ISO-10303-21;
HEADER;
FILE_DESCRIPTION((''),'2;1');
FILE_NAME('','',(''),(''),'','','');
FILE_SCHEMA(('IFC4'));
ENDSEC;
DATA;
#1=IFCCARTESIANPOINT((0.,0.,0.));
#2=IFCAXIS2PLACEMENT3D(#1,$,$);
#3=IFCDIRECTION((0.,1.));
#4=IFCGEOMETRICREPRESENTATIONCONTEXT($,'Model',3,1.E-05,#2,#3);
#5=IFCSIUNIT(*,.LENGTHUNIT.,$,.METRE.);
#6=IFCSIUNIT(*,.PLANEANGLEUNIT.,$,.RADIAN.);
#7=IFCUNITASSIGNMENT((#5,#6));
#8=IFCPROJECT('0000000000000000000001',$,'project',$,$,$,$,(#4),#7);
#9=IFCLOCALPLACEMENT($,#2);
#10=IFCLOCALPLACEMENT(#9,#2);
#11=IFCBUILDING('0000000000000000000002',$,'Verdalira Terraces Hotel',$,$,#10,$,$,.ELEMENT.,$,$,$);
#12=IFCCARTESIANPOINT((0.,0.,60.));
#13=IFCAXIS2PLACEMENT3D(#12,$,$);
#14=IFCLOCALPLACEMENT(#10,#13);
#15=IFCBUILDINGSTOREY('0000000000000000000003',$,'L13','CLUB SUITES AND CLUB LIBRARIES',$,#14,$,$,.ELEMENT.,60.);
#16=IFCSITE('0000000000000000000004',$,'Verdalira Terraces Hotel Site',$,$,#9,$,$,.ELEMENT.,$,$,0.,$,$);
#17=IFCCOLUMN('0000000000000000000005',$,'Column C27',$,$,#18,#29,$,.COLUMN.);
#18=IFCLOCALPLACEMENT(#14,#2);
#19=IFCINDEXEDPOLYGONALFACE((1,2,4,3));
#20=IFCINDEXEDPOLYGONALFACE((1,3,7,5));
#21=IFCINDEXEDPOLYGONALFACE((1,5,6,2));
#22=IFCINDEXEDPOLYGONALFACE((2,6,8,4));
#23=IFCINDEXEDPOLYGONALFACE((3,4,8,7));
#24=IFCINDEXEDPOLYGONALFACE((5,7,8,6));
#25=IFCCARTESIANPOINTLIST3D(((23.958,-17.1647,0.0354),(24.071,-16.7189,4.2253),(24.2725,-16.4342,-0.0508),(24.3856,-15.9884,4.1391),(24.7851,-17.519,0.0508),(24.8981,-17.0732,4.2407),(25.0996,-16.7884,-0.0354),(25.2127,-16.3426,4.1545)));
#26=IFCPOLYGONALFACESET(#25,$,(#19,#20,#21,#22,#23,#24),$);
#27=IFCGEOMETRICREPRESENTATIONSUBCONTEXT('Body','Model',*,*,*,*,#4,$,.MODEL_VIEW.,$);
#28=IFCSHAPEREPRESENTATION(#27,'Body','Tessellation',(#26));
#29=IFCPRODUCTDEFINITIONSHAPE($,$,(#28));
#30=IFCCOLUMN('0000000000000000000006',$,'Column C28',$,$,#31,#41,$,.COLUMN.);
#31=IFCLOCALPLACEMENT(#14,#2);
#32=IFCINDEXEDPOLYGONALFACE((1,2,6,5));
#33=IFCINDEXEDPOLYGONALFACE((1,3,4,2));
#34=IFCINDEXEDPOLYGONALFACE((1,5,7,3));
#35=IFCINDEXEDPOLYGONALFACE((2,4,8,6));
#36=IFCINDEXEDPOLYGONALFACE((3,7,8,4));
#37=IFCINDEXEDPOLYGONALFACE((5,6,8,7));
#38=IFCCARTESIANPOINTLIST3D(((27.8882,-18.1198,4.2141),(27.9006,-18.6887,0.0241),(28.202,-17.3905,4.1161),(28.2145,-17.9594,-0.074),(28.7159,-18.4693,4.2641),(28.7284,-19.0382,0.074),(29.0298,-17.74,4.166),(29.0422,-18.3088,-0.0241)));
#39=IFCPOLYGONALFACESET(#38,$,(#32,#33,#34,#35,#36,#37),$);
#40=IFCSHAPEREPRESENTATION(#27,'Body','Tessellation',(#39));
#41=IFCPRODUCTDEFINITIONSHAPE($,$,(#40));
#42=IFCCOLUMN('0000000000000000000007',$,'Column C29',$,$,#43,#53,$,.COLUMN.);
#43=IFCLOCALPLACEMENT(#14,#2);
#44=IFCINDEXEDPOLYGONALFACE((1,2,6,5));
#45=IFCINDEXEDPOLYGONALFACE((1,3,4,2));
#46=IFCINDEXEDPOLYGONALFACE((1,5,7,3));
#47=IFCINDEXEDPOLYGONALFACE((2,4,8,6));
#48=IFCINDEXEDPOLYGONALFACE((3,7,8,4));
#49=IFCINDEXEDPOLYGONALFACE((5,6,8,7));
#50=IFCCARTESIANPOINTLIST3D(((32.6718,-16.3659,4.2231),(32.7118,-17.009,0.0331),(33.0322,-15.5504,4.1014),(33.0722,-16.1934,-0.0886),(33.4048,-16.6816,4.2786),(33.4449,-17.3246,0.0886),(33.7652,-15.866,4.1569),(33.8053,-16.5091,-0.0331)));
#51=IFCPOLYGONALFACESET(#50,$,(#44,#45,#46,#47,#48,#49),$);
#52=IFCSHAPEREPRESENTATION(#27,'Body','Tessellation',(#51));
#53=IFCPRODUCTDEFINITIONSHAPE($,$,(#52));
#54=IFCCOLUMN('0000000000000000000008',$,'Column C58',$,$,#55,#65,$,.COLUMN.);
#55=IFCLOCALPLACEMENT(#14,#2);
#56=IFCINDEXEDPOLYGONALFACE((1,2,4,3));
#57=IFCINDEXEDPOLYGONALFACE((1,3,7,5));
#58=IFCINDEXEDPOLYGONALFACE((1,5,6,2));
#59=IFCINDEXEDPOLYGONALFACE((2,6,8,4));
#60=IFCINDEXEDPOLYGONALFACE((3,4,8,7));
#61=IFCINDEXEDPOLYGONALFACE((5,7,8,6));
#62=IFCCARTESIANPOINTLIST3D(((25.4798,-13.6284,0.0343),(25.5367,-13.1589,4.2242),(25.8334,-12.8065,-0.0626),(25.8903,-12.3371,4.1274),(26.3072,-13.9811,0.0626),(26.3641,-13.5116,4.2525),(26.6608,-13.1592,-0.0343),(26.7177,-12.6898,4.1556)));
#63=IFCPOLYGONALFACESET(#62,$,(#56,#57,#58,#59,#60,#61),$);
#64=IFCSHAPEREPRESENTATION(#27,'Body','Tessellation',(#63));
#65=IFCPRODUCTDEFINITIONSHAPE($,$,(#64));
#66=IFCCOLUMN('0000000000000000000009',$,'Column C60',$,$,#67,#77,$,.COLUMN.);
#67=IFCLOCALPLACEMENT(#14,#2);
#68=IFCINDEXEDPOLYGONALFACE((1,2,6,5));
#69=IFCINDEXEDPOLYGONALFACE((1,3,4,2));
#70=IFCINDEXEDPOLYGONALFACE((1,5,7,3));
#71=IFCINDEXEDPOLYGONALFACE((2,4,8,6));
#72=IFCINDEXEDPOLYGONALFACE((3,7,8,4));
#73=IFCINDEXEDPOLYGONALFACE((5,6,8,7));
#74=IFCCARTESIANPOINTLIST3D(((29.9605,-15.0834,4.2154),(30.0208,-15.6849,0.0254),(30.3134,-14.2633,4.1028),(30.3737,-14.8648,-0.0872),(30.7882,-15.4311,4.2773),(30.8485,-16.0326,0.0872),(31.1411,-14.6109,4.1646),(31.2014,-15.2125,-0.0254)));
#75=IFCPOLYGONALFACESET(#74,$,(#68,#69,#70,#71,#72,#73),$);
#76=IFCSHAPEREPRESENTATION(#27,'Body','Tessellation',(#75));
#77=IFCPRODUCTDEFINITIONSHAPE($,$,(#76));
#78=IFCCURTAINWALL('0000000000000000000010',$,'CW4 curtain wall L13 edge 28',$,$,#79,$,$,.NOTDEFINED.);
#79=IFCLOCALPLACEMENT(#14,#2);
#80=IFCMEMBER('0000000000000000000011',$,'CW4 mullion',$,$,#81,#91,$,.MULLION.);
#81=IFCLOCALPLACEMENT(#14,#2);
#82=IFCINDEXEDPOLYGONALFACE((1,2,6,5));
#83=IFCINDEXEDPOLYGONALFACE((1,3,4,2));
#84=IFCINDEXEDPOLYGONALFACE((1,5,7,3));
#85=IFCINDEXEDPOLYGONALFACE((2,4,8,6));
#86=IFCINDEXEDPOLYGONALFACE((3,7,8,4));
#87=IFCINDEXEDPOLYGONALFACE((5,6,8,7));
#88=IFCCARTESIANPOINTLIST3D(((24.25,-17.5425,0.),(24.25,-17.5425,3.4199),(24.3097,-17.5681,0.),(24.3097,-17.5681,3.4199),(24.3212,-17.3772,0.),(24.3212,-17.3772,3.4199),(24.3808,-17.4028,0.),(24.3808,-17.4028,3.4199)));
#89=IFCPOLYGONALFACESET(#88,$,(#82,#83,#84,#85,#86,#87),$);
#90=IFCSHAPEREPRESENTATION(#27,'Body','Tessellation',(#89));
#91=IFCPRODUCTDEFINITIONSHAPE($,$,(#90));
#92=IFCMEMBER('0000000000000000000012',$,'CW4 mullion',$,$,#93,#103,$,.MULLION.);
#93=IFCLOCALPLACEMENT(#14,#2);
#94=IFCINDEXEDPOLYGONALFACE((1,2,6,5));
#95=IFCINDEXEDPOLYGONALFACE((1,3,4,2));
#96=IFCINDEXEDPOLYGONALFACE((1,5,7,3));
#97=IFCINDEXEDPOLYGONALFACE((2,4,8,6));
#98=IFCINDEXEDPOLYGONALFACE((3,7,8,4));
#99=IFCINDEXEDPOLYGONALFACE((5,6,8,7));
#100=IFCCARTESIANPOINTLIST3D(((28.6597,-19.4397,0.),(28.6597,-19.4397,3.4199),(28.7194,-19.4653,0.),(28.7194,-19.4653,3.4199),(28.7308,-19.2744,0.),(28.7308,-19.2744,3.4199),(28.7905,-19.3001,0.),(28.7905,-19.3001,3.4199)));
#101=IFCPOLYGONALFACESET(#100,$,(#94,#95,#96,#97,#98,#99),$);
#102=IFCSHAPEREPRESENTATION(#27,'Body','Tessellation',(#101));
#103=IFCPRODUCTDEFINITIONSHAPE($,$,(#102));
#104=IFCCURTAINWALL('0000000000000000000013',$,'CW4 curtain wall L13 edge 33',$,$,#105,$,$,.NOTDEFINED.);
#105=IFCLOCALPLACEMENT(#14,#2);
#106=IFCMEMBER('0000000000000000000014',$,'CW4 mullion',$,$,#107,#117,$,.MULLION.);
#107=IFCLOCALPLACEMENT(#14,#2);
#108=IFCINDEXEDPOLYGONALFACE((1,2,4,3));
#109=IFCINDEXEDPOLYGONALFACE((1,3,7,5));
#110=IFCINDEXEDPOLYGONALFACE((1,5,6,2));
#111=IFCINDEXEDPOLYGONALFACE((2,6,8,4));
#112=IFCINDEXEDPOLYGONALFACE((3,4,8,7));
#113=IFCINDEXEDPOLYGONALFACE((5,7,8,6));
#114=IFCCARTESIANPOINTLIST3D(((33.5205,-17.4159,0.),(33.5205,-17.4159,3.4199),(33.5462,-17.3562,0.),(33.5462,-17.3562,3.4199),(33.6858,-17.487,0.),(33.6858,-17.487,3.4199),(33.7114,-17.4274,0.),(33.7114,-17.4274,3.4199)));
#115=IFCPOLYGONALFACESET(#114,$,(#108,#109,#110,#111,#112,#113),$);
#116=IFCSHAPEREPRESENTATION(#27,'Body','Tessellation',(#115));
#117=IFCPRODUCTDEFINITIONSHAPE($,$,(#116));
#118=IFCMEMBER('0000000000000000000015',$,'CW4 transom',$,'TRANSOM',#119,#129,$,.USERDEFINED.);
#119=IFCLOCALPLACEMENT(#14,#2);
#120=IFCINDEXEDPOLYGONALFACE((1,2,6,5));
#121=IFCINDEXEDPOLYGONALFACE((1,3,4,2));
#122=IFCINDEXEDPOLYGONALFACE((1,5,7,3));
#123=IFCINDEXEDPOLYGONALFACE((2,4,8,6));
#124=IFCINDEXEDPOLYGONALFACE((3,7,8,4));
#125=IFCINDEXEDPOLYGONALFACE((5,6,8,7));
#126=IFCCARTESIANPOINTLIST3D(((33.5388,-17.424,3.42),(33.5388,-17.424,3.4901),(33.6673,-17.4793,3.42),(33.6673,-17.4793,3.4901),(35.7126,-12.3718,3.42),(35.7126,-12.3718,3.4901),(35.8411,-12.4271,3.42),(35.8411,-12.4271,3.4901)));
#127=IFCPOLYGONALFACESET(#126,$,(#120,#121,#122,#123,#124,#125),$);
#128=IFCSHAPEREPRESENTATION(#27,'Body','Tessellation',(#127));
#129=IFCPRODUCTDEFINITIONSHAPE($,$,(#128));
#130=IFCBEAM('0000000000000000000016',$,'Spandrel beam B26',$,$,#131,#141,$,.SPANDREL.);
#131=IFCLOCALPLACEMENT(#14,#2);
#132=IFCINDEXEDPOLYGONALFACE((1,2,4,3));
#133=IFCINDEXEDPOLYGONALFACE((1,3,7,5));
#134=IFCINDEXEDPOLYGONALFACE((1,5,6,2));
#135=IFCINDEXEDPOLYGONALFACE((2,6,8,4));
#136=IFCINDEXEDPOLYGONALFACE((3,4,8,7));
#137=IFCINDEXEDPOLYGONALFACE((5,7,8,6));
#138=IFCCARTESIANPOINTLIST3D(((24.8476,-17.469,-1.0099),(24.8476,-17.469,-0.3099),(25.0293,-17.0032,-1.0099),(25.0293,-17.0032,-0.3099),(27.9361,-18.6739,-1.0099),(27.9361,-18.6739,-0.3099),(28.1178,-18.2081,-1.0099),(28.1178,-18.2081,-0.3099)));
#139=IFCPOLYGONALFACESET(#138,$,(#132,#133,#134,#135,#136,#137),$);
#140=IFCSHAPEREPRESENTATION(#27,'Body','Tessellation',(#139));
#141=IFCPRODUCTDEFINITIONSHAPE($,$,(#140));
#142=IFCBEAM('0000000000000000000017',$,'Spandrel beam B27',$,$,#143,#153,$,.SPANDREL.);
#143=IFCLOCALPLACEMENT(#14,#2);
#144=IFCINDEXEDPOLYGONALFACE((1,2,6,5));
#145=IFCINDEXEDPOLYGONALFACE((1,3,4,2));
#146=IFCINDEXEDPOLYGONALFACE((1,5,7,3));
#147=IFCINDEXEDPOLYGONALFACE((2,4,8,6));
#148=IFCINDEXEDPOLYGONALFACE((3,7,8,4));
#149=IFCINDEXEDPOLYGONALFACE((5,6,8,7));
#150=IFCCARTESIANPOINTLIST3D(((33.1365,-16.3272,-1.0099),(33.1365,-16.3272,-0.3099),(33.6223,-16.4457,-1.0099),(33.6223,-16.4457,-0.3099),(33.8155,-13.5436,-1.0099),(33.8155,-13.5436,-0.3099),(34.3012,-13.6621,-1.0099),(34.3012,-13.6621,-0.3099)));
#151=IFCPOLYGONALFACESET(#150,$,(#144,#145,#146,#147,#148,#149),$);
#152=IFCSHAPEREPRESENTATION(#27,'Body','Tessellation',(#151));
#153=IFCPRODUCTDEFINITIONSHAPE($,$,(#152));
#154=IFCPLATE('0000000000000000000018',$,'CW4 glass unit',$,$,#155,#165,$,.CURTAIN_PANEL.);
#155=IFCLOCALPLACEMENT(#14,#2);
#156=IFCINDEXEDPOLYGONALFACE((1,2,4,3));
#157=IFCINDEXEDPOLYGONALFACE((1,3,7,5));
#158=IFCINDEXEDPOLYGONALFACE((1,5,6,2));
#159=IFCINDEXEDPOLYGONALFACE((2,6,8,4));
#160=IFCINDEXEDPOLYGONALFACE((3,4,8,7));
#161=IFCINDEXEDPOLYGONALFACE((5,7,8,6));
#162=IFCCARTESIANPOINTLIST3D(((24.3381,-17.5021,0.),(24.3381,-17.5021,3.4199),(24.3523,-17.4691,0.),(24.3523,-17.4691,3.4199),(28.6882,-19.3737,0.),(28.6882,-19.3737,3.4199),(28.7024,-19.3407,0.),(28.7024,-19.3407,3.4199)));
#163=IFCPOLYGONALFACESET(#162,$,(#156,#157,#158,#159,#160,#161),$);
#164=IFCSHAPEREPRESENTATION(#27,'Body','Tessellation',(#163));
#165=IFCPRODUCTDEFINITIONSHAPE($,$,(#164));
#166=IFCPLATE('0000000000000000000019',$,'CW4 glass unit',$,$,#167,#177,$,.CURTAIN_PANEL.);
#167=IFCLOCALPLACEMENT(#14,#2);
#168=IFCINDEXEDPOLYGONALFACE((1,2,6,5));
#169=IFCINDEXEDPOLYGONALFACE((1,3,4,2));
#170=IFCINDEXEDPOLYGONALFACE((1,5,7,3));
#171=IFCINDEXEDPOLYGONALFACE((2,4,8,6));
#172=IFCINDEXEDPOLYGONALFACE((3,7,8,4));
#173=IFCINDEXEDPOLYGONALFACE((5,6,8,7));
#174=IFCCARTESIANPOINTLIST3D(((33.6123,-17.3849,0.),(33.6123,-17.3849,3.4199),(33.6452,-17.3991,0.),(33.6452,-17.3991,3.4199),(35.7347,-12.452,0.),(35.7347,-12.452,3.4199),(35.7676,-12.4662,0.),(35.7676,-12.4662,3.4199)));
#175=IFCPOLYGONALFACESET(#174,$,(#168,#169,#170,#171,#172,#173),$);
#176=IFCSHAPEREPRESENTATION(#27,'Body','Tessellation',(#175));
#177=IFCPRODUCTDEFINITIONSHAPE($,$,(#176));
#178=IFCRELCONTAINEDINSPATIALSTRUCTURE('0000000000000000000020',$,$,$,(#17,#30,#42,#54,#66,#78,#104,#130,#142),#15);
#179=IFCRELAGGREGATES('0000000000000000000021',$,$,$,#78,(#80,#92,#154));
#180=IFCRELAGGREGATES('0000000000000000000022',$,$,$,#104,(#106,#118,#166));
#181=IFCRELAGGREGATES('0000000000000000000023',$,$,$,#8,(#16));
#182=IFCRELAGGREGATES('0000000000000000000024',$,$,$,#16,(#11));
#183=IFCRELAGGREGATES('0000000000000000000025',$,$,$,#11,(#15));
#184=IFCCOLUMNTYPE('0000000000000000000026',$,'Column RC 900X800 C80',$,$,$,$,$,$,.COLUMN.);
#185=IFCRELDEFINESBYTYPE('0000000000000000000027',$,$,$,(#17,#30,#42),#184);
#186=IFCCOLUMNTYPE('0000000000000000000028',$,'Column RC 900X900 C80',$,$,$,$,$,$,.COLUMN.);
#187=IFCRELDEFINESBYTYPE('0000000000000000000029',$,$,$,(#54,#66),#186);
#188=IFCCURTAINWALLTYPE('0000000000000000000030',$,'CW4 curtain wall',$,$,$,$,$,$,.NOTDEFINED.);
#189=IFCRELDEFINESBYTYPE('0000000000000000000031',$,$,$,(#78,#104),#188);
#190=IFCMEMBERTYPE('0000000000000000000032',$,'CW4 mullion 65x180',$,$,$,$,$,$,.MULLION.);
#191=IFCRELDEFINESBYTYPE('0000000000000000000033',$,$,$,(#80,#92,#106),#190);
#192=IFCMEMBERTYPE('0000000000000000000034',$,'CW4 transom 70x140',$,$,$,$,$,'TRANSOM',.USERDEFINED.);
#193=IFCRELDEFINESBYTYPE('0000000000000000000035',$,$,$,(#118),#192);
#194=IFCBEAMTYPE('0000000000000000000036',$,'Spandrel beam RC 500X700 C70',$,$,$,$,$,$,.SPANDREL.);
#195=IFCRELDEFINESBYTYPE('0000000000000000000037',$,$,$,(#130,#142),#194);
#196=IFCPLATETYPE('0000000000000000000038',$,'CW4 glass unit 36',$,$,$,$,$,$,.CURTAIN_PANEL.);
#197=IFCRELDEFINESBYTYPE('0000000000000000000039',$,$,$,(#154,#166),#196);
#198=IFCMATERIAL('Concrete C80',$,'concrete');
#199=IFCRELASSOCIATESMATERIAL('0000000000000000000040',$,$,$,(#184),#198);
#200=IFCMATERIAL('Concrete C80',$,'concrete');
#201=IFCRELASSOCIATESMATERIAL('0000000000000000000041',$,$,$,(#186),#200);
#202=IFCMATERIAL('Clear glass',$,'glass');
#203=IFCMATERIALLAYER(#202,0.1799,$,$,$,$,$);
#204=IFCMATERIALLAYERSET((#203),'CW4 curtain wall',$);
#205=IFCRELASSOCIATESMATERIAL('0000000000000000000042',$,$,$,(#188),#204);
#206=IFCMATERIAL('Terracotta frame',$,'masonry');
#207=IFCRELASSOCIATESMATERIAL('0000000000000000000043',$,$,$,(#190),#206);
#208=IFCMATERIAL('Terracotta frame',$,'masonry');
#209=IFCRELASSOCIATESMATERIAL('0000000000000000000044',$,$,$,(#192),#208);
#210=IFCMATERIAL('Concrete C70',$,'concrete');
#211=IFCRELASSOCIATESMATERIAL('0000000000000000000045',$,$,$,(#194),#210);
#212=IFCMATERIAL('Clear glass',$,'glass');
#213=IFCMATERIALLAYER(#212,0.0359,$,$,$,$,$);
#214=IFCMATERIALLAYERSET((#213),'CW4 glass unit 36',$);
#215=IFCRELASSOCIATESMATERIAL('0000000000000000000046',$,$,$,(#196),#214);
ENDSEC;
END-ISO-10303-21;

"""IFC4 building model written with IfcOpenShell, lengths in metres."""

from ifc_helpers import new_model, si_unit, direction, frame, origin, origin_2d, place, context, subcontext, project, spatial, rectangle, extrude, material, layer, layer_set, material_profile, profile_set, type_object, element, aggregate, save


model = new_model("IFC4")

# Units and contexts
model_context = context("Model", 3, precision=1e-05, world=origin(), true_north=direction((0.0, 1.0)))
body_context = subcontext(model_context, "Body", "Model", "MODEL_VIEW")
ifc_project = project(units=[si_unit("LENGTHUNIT", "METRE"), si_unit("PLANEANGLEUNIT", "RADIAN")], contexts=[model_context])

# Site, building, storey
site_placement = place(None, origin())
site = spatial("IfcSite", under=ifc_project, at=site_placement, Name="Verdalira Terraces Hotel Site", CompositionType="ELEMENT", RefElevation=0.0)
building_placement = place(site_placement, origin())
building = spatial("IfcBuilding", under=site, at=building_placement, Name="Verdalira Terraces Hotel", CompositionType="ELEMENT")
storey_placement = place(building_placement, frame((0.0, 0.0, 60.0)))
storey = spatial("IfcBuildingStorey", under=building, at=storey_placement, Name="L13", Description="CLUB SUITES AND CLUB LIBRARIES", CompositionType="ELEMENT", Elevation=60.0)

# Columns
ifc_material_1 = material(Name="Concrete C80", Category="concrete")
ifc_material_profile_1 = material_profile(ifc_material_1, rectangle(XDim=0.8999, YDim=0.8, at=origin_2d()), Name="RC 900X800")
ifc_profile_set_1 = profile_set([ifc_material_profile_1], Name="Concrete C80")
column_type_1 = type_object("IfcColumnType", Name="Column RC 900X800 C80", PredefinedType="COLUMN", material=ifc_profile_set_1)
column_1_placement = place(storey_placement, frame((24.5288, -16.9766, 0.0), z_axis=(0.026817, 0.105763, 0.99403), x_axis=(0.919097, -0.39366, 0.017089)))
element("IfcColumn", 1, at=column_1_placement, inside=storey, type_object=column_type_1, Name="Column C27", PredefinedType="COLUMN", context=body_context, shape_type="SweptSolid", body=[
    extrude(rectangle(XDim=0.8999, YDim=0.8, at=origin_2d()), origin(), (0.0, 0.0, 1.0), 4.2151),
])
column_2_placement = place(storey_placement, frame((28.4714, -18.4988, 0.0), z_axis=(-0.002945, 0.13453, 0.990905), x_axis=(0.919836, -0.388363, 0.05546)))
element("IfcColumn", 2, at=column_2_placement, inside=storey, type_object=column_type_1, Name="Column C28", PredefinedType="COLUMN", context=body_context, shape_type="SweptSolid", body=[
    extrude(rectangle(XDim=0.8999, YDim=0.8, at=origin_2d()), origin(), (0.0, 0.0, 1.0), 4.2285),
])
column_3_placement = place(storey_placement, frame((33.2585, -16.759, 0.0), z_axis=(-0.009445, 0.151696, 0.988382), x_axis=(0.400486, 0.906264, -0.135265)))
element("IfcColumn", 3, at=column_3_placement, inside=storey, type_object=column_type_1, Name="Column C29", PredefinedType="COLUMN", context=body_context, shape_type="SweptSolid", body=[
    extrude(rectangle(XDim=0.8999, YDim=0.8, at=origin_2d()), origin(), (0.0, 0.0, 1.0), 4.2393),
])
ifc_material_2 = material(Name="Concrete C80", Category="concrete")
ifc_material_profile_2 = material_profile(ifc_material_2, rectangle(XDim=0.8999, YDim=0.8999, at=origin_2d()), Name="RC 900X900")
ifc_profile_set_2 = profile_set([ifc_material_profile_2], Name="Concrete C80")
column_type_2 = type_object("IfcColumnType", Name="Column RC 900X900 C80", PredefinedType="COLUMN", material=ifc_profile_set_2)
column_4_placement = place(storey_placement, frame((26.0703, -13.3938, 0.0), z_axis=(0.013491, 0.111343, 0.99369), x_axis=(0.919456, -0.391934, 0.031433)))
element("IfcColumn", 4, at=column_4_placement, inside=storey, type_object=column_type_2, Name="Column C58", PredefinedType="COLUMN", context=body_context, shape_type="SweptSolid", body=[
    extrude(rectangle(XDim=0.8999, YDim=0.8999, at=origin_2d()), origin(), (0.0, 0.0, 1.0), 4.2166),
])
column_5_placement = place(storey_placement, frame((30.6111, -15.4487, 0.0), z_axis=(-0.014245, 0.142101, 0.98975), x_axis=(0.919789, -0.386351, 0.068707)))
element("IfcColumn", 5, at=column_5_placement, inside=storey, type_object=column_type_2, Name="Column C60", PredefinedType="COLUMN", context=body_context, shape_type="SweptSolid", body=[
    extrude(rectangle(XDim=0.8999, YDim=0.8999, at=origin_2d()), origin(), (0.0, 0.0, 1.0), 4.2334),
])

# Curtain walls, members
ifc_material_3 = material(Name="Clear glass", Category="glass")
ifc_layer_1 = layer(ifc_material_3, 0.1799)
ifc_layer_set_1 = layer_set([ifc_layer_1], Name="CW4 curtain wall")
curtain_wall_type = type_object("IfcCurtainWallType", Name="CW4 curtain wall", PredefinedType="NOTDEFINED", material=ifc_layer_set_1)
curtain_wall_1_placement = place(storey_placement, origin())
curtain_wall_1 = element("IfcCurtainWall", 6, at=curtain_wall_1_placement, inside=storey, type_object=curtain_wall_type, Name="CW4 curtain wall L13 edge 28", PredefinedType="NOTDEFINED")
ifc_material_4 = material(Name="Terracotta frame", Category="masonry")
ifc_material_profile_3 = material_profile(ifc_material_4, rectangle(XDim=0.0649, YDim=0.1799, at=origin_2d()), Name="MU 65x180")
ifc_profile_set_3 = profile_set([ifc_material_profile_3], Name="Terracotta frame")
member_type_1 = type_object("IfcMemberType", Name="CW4 mullion 65x180", PredefinedType="MULLION", material=ifc_profile_set_3)
member_1_placement = place(storey_placement, frame((24.3154, -17.4727, 0.0), z_axis=(0.0, 0.0, 1.0), x_axis=(0.918584, -0.395225, 0.0)))
member_1 = element("IfcMember", 7, at=member_1_placement, type_object=member_type_1, Name="CW4 mullion", PredefinedType="MULLION", context=body_context, shape_type="SweptSolid", body=[
    extrude(rectangle(XDim=0.0649, YDim=0.1799, at=origin_2d()), origin(), (0.0, 0.0, 1.0), 3.4199),
])
member_2_placement = place(storey_placement, frame((28.7251, -19.3699, 0.0), z_axis=(0.0, 0.0, 1.0), x_axis=(0.918584, -0.395225, 0.0)))
member_2 = element("IfcMember", 8, at=member_2_placement, type_object=member_type_1, Name="CW4 mullion", PredefinedType="MULLION", context=body_context, shape_type="SweptSolid", body=[
    extrude(rectangle(XDim=0.0649, YDim=0.1799, at=origin_2d()), origin(), (0.0, 0.0, 1.0), 3.4199),
])
curtain_wall_2_placement = place(storey_placement, origin())
curtain_wall_2 = element("IfcCurtainWall", 9, at=curtain_wall_2_placement, inside=storey, type_object=curtain_wall_type, Name="CW4 curtain wall L13 edge 33", PredefinedType="NOTDEFINED")
member_3_placement = place(storey_placement, frame((33.616, -17.4216, 0.0), z_axis=(0.0, 0.0, 1.0), x_axis=(0.395225, 0.918584, 0.0)))
member_3 = element("IfcMember", 10, at=member_3_placement, type_object=member_type_1, Name="CW4 mullion", PredefinedType="MULLION", context=body_context, shape_type="SweptSolid", body=[
    extrude(rectangle(XDim=0.0649, YDim=0.1799, at=origin_2d()), origin(), (0.0, 0.0, 1.0), 3.4199),
])
ifc_material_5 = material(Name="Terracotta frame", Category="masonry")
ifc_material_profile_4 = material_profile(ifc_material_5, rectangle(XDim=0.1399, YDim=0.0701, at=origin_2d()), Name="TR 70x140")
ifc_profile_set_4 = profile_set([ifc_material_profile_4], Name="Terracotta frame")
member_type_2 = type_object("IfcMemberType", Name="CW4 transom 70x140", ElementType="TRANSOM", PredefinedType="USERDEFINED", material=ifc_profile_set_4)
member_4_placement = place(storey_placement, frame((33.603, -17.4517, 3.4551), z_axis=(0.395237, 0.918579, 0.0), x_axis=(-0.918579, 0.395237, 0.0)))
member_4 = element("IfcMember", 11, at=member_4_placement, type_object=member_type_2, Name="CW4 transom", ObjectType="TRANSOM", PredefinedType="USERDEFINED", context=body_context, shape_type="SweptSolid", body=[
    extrude(rectangle(XDim=0.1399, YDim=0.0701, at=origin_2d()), origin(), (0.0, 0.0, 1.0), 5.5),
])

# Beams
ifc_material_6 = material(Name="Concrete C70", Category="concrete")
ifc_material_profile_5 = material_profile(ifc_material_6, rectangle(XDim=0.5, YDim=0.7, at=origin_2d()), Name="RC 500X700")
ifc_profile_set_5 = profile_set([ifc_material_profile_5], Name="Concrete C70")
beam_type = type_object("IfcBeamType", Name="Spandrel beam RC 500X700 C70", PredefinedType="SPANDREL", material=ifc_profile_set_5)
beam_1_placement = place(storey_placement, frame((24.9385, -17.2361, -0.6599), z_axis=(0.931617, -0.363441, 0.0), x_axis=(0.363441, 0.931617, 0.0)))
element("IfcBeam", 12, at=beam_1_placement, inside=storey, type_object=beam_type, Name="Spandrel beam B26", PredefinedType="SPANDREL", context=body_context, shape_type="SweptSolid", body=[
    extrude(rectangle(XDim=0.5, YDim=0.7, at=origin_2d()), origin(), (0.0, 0.0, 1.0), 3.3152),
])
beam_2_placement = place(storey_placement, frame((33.3794, -16.3865, -0.6599), z_axis=(0.236958, 0.97152, 0.0), x_axis=(-0.97152, 0.236958, 0.0)))
element("IfcBeam", 13, at=beam_2_placement, inside=storey, type_object=beam_type, Name="Spandrel beam B27", PredefinedType="SPANDREL", context=body_context, shape_type="SweptSolid", body=[
    extrude(rectangle(XDim=0.5, YDim=0.7, at=origin_2d()), origin(), (0.0, 0.0, 1.0), 2.8652),
])

# Plates
ifc_material_7 = material(Name="Clear glass", Category="glass")
ifc_layer_2 = layer(ifc_material_7, 0.0359)
ifc_layer_set_2 = layer_set([ifc_layer_2], Name="CW4 glass unit 36")
plate_type = type_object("IfcPlateType", Name="CW4 glass unit 36", PredefinedType="CURTAIN_PANEL", material=ifc_layer_set_2)
plate_1_placement = place(storey_placement, frame((26.5203, -18.4214, 0.0), z_axis=(0.0, 0.0, 1.0), x_axis=(0.918584, -0.395225, 0.0)))
plate_1 = element("IfcPlate", 14, at=plate_1_placement, type_object=plate_type, Name="CW4 glass unit", PredefinedType="CURTAIN_PANEL", context=body_context, shape_type="SweptSolid", body=[
    extrude(rectangle(XDim=4.7356, YDim=0.0359, at=origin_2d()), origin(), (0.0, 0.0, 1.0), 3.4199),
])
aggregate(curtain_wall_1, [member_1, member_2, plate_1])
plate_2_placement = place(storey_placement, frame((34.6899, -14.9255, 0.0), z_axis=(0.0, 0.0, 1.0), x_axis=(0.395225, 0.918584, 0.0)))
plate_2 = element("IfcPlate", 15, at=plate_2_placement, type_object=plate_type, Name="CW4 glass unit", PredefinedType="CURTAIN_PANEL", context=body_context, shape_type="SweptSolid", body=[
    extrude(rectangle(XDim=5.3701, YDim=0.0359, at=origin_2d()), origin(), (0.0, 0.0, 1.0), 3.4199),
])
aggregate(curtain_wall_2, [member_3, member_4, plate_2])

save(model, "model.ifc")
